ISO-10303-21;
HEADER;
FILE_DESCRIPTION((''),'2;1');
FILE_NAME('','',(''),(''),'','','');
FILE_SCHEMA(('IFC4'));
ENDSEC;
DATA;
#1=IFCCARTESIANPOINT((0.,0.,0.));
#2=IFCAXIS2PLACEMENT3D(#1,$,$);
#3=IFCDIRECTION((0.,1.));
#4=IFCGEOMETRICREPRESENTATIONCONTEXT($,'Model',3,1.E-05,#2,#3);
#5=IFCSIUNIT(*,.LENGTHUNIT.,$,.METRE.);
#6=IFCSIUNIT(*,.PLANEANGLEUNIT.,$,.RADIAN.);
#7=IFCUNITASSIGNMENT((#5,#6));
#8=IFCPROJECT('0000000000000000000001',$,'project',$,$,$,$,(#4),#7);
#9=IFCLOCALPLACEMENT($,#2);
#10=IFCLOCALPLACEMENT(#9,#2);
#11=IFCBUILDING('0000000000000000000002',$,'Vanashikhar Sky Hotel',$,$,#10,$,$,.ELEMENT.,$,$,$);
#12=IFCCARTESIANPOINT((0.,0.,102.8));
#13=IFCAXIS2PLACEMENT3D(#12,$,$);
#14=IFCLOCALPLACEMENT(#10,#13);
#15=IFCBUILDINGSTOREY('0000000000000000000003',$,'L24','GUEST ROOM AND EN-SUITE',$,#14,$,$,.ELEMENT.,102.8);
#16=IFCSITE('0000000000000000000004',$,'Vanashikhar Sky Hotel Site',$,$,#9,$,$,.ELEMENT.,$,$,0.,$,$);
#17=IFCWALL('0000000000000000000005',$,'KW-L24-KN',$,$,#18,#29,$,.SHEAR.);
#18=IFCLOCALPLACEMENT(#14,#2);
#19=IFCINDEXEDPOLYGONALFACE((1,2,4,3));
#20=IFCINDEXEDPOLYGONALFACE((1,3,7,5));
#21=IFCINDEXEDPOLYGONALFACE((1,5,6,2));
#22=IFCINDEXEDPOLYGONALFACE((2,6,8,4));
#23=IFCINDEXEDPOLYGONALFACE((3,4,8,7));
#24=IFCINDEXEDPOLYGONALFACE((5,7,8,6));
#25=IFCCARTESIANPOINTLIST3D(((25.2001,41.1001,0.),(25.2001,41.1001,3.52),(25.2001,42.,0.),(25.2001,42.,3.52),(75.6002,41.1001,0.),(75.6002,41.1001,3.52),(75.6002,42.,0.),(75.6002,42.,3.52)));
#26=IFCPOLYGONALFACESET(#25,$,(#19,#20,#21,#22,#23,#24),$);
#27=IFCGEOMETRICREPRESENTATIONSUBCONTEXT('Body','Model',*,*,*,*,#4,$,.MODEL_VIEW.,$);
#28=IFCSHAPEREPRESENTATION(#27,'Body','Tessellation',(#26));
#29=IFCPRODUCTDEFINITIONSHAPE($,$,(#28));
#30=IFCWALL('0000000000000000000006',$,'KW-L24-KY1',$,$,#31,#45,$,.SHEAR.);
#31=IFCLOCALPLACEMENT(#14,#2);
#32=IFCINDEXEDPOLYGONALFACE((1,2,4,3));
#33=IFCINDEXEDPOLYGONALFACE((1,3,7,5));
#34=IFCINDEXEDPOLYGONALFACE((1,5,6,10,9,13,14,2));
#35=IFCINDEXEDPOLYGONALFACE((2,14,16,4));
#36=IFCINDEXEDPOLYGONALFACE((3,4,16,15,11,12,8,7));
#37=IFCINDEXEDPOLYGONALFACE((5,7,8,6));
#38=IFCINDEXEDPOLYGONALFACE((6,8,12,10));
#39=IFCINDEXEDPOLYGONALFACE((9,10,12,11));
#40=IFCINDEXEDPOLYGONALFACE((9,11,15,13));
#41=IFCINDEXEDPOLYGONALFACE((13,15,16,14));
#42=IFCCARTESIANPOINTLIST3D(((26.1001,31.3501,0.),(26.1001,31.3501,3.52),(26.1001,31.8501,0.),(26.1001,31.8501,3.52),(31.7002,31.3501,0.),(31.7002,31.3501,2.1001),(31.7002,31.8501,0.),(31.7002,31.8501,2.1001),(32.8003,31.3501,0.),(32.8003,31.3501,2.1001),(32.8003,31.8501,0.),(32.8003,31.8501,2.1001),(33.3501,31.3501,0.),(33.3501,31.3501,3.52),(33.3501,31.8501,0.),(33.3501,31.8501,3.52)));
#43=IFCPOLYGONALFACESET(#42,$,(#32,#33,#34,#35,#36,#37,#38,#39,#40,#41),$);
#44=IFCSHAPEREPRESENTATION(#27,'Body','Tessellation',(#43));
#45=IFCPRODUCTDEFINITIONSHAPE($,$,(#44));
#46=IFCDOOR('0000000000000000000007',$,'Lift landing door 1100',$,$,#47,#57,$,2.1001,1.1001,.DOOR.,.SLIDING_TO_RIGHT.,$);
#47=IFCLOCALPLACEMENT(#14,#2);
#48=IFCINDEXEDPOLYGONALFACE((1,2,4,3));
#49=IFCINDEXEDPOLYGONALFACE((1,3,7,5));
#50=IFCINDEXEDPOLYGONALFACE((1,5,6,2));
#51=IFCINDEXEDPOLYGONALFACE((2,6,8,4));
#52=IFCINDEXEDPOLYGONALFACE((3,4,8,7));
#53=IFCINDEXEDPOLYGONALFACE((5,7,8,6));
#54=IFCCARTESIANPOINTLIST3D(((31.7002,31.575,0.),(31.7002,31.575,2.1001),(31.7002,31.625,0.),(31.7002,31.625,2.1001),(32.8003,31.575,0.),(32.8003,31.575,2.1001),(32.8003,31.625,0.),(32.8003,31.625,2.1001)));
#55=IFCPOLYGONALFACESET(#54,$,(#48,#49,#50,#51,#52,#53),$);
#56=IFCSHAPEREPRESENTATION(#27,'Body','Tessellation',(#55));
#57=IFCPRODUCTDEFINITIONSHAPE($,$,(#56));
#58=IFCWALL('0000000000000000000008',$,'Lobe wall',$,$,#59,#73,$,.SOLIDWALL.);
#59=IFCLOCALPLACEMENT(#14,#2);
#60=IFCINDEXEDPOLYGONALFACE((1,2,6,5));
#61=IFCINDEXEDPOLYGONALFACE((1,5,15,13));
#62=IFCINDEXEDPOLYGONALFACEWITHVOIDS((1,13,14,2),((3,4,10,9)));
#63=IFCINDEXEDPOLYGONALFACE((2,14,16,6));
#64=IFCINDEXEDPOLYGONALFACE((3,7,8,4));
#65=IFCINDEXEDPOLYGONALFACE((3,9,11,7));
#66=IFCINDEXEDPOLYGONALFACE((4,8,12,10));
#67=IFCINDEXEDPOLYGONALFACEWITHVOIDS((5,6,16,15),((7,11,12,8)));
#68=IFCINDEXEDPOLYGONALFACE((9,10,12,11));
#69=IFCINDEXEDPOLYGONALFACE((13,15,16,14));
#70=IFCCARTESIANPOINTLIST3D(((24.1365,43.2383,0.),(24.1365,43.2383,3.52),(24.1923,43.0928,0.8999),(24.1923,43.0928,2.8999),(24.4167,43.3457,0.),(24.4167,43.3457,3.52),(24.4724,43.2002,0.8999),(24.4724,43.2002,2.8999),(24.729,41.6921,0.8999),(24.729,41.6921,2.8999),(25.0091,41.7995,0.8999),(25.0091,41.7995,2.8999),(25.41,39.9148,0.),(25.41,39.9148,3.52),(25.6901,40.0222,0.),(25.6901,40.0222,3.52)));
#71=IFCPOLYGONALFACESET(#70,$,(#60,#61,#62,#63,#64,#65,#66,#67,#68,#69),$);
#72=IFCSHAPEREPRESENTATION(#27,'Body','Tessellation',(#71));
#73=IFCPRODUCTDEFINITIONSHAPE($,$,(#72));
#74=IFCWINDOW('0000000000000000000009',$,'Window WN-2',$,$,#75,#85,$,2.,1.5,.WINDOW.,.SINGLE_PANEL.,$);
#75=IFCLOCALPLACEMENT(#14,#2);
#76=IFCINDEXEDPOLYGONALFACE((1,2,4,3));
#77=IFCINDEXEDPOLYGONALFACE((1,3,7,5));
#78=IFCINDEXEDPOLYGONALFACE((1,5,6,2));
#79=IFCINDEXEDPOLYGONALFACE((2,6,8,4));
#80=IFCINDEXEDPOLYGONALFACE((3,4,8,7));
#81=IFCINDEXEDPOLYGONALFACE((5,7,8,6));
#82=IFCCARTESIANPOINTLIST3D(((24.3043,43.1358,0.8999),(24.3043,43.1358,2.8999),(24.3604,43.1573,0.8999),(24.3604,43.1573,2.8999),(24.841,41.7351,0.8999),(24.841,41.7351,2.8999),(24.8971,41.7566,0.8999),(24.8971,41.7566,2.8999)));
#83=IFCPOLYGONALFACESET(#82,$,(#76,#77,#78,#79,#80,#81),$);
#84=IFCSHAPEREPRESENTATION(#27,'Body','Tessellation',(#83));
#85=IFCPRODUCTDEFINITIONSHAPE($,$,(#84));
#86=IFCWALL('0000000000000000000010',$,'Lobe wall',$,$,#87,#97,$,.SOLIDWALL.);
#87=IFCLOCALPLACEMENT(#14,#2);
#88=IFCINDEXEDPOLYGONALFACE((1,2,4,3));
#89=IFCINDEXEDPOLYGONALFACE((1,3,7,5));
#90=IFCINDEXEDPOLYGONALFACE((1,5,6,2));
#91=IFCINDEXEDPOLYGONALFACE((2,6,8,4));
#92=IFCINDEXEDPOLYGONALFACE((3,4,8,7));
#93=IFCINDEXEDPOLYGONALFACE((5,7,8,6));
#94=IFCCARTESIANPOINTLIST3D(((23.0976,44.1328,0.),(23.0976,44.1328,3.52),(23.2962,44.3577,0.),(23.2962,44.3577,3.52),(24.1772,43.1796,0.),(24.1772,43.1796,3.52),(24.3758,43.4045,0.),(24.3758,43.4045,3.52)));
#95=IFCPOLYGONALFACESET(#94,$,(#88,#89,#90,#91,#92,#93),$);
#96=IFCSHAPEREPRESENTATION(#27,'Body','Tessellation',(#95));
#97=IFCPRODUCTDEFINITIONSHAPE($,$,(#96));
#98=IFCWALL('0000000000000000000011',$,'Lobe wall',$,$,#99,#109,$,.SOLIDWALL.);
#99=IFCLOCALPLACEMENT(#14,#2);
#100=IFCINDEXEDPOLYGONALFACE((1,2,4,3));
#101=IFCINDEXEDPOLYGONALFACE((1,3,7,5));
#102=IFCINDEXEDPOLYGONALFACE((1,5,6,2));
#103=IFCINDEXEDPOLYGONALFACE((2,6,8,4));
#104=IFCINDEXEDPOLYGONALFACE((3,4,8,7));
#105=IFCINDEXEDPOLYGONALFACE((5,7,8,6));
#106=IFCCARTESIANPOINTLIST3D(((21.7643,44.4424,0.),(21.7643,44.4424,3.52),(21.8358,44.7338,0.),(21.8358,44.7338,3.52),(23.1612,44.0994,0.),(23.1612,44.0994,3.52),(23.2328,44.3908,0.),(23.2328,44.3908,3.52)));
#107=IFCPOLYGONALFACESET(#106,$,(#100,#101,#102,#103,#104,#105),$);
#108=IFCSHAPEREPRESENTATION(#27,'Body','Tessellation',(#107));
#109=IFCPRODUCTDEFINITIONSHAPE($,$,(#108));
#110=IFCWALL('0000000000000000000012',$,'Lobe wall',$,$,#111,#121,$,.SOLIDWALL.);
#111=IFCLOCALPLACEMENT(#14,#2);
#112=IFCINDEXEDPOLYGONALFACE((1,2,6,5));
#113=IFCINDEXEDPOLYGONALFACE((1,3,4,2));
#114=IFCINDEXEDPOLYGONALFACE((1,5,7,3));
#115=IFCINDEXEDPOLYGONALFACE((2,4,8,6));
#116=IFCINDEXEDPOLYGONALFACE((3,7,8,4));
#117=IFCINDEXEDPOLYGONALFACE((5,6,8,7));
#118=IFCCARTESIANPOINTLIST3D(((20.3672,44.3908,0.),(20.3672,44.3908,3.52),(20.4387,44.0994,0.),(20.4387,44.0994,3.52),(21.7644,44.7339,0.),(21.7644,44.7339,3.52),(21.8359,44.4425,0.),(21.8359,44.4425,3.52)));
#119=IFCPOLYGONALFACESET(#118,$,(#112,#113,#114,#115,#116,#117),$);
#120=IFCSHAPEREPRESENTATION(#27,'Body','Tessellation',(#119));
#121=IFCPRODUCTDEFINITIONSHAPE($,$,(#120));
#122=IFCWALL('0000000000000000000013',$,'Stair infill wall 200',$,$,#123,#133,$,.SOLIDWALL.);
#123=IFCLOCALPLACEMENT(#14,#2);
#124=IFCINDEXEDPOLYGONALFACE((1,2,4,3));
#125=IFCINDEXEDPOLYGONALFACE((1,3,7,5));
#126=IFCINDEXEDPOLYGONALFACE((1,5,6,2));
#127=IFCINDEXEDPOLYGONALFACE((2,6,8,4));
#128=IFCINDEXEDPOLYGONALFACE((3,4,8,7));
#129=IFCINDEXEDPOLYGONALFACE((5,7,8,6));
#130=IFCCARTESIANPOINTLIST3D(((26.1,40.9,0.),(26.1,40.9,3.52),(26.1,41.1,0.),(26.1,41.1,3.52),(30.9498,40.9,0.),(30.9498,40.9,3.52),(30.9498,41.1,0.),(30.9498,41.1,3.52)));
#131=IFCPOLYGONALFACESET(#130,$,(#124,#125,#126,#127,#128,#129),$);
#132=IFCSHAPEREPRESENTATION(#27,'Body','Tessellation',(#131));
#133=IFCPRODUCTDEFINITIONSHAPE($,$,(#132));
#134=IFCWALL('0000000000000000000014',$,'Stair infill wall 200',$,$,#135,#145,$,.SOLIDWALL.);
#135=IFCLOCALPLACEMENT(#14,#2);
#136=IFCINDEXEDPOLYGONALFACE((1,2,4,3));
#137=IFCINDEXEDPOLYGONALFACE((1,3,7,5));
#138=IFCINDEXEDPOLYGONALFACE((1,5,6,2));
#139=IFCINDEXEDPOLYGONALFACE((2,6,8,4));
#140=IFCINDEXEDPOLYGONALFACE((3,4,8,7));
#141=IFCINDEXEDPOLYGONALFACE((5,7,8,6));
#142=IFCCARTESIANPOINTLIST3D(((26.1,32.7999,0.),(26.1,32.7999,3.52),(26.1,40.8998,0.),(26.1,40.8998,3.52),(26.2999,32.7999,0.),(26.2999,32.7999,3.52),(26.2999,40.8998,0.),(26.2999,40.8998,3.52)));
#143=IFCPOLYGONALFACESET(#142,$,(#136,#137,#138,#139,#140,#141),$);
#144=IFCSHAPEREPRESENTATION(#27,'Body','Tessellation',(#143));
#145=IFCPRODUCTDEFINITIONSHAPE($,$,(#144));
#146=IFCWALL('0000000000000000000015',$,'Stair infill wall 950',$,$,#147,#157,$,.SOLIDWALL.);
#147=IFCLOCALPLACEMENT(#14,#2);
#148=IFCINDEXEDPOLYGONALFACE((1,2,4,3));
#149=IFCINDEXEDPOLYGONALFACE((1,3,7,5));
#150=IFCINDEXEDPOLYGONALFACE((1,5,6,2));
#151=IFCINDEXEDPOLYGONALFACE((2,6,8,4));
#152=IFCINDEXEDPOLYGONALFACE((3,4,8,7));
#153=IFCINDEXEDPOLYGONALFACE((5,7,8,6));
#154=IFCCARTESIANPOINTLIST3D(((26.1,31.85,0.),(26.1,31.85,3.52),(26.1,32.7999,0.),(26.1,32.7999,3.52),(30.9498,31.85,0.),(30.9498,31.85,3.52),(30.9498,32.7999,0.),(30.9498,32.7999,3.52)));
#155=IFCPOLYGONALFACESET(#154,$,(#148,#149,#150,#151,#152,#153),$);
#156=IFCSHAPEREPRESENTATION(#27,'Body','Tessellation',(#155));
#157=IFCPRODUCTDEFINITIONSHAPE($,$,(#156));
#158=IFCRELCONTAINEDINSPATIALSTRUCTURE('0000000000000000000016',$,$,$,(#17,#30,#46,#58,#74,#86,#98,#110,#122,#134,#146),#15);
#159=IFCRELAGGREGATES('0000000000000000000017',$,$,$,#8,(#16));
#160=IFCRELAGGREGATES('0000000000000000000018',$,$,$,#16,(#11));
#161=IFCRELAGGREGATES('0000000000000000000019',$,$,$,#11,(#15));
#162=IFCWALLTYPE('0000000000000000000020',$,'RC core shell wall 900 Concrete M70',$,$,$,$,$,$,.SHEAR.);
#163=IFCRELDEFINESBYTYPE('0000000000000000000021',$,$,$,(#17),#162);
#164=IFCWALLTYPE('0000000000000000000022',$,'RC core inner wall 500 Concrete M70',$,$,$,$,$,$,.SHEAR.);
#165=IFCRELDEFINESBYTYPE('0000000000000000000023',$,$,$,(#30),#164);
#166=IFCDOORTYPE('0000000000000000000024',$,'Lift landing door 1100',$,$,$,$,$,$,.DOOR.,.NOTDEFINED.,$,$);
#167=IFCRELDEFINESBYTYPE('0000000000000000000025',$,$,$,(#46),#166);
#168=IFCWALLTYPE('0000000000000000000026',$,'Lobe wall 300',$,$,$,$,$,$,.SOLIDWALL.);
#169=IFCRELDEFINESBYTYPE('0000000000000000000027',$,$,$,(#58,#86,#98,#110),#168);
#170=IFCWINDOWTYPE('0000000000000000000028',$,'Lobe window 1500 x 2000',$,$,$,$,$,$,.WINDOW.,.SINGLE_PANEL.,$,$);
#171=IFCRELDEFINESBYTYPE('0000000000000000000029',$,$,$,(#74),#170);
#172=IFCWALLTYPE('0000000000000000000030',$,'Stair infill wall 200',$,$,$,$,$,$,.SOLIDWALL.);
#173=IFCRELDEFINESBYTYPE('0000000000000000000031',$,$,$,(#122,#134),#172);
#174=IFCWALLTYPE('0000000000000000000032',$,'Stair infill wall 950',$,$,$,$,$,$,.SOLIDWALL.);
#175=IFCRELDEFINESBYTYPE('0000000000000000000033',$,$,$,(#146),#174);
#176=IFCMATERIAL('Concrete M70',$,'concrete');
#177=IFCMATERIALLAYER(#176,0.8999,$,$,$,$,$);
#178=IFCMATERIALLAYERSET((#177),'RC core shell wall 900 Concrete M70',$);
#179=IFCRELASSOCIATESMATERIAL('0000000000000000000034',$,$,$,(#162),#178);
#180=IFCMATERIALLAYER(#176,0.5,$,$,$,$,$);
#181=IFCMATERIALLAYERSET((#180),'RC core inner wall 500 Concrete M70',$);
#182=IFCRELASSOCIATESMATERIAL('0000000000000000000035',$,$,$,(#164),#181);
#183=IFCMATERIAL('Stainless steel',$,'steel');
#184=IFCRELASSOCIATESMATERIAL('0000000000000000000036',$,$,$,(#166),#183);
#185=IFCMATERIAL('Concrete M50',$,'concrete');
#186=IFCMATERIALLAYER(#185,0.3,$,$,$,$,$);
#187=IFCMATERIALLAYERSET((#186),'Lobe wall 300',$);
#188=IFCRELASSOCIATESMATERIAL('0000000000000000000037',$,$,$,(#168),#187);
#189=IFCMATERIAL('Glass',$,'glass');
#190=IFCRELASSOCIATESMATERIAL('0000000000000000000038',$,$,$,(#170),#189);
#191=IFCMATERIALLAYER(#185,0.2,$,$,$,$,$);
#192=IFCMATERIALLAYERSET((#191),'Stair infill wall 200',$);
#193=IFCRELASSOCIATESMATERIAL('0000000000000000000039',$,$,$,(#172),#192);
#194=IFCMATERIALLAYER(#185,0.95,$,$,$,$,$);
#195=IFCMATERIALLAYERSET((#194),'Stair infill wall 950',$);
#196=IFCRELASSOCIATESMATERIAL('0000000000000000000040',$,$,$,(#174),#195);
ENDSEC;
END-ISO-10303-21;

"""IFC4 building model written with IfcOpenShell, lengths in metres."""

from ifc_helpers import new_model, si_unit, direction, frame, frame_2d, origin, place, context, subcontext, project, spatial, rectangle, extrude, source, transform, mapped, material, layer, layer_set, type_object, element, fill, save


model = new_model("IFC4")

# Units and contexts
model_context = context("Model", 3, precision=1e-05, world=origin(), true_north=direction((0.0, 1.0)))
body_context = subcontext(model_context, "Body", "Model", "MODEL_VIEW")
ifc_project = project(units=[si_unit("LENGTHUNIT", "METRE"), si_unit("PLANEANGLEUNIT", "RADIAN")], contexts=[model_context])

# Site, building, storey
site_placement = place(None, origin())
site = spatial("IfcSite", under=ifc_project, at=site_placement, Name="Vanashikhar Sky Hotel Site", CompositionType="ELEMENT", RefElevation=0.0)
building_placement = place(site_placement, origin())
building = spatial("IfcBuilding", under=site, at=building_placement, Name="Vanashikhar Sky Hotel", CompositionType="ELEMENT")
storey_placement = place(building_placement, frame((0.0, 0.0, 102.8)))
storey = spatial("IfcBuildingStorey", under=building, at=storey_placement, Name="L24", Description="GUEST ROOM AND EN-SUITE", CompositionType="ELEMENT", Elevation=102.8)

# Wall
ifc_material_1 = material(Name="Concrete M70", Category="concrete")
ifc_layer_1 = layer(ifc_material_1, 0.8999)
ifc_layer_set_1 = layer_set([ifc_layer_1], Name="RC core shell wall 900 Concrete M70")
wall_type_1 = type_object("IfcWallType", Name="RC core shell wall 900 Concrete M70", PredefinedType="SHEAR", material=ifc_layer_set_1)
shared_shape_1 = source(origin(), body_context, "Body", "SweptSolid", [
    extrude(rectangle(XDim=50.4001, YDim=0.8999, at=frame_2d((25.2002, 0.0))), origin(), (0.0, 0.0, 1.0), 3.52),
])
wall_1_placement = place(storey_placement, frame((25.2, 41.55, 0.0), z_axis=(0.0, 0.0, 1.0), x_axis=(1.0, 0.0, 0.0)))
element("IfcWall", 1, at=wall_1_placement, inside=storey, type_object=wall_type_1, Name="KW-L24-KN", PredefinedType="SHEAR", context=body_context, shape_type="MappedRepresentation", body=[
    mapped(shared_shape_1, transform((0.0, 0.0, 0.0), scale=1.0)),
])

# Wall, opening, door
ifc_layer_2 = layer(ifc_material_1, 0.5)
ifc_layer_set_2 = layer_set([ifc_layer_2], Name="RC core inner wall 500 Concrete M70")
wall_type_2 = type_object("IfcWallType", Name="RC core inner wall 500 Concrete M70", PredefinedType="SHEAR", material=ifc_layer_set_2)
shared_shape_2 = source(origin(), body_context, "Body", "SweptSolid", [
    extrude(rectangle(XDim=7.25, YDim=0.5, at=frame_2d((3.625, 0.0))), origin(), (0.0, 0.0, 1.0), 3.52),
])
wall_2_placement = place(storey_placement, frame((26.1001, 31.6001, 0.0), z_axis=(0.0, 0.0, 1.0), x_axis=(1.0, 0.0, 0.0)))
wall_2 = element("IfcWall", 2, at=wall_2_placement, inside=storey, type_object=wall_type_2, Name="KW-L24-KY1", PredefinedType="SHEAR", context=body_context, shape_type="MappedRepresentation", body=[
    mapped(shared_shape_2, transform((0.0, 0.0, 0.0), scale=1.0)),
])
shared_shape_3 = source(origin(), body_context, "Body", "SweptSolid", [
    extrude(rectangle(XDim=1.1001, YDim=2.1001, at=frame_2d((0.55, 1.05))), frame((0.0, 0.26, 0.0), z_axis=(0.0, -1.0, 0.0), x_axis=(1.0, 0.0, 0.0)), (0.0, 0.0, 1.0), 0.52),
])
opening_1_placement = place(wall_2_placement, frame((5.6001, 0.0, 0.0)))
opening_1 = element("IfcOpeningElement", 3, at=opening_1_placement, cuts=wall_2, PredefinedType="OPENING", context=body_context, shape_type="MappedRepresentation", body=[
    mapped(shared_shape_3, transform((0.0, 0.0, 0.0), scale=1.0)),
])
ifc_material_2 = material(Name="Stainless steel", Category="steel")
door_type = type_object("IfcDoorType", Name="Lift landing door 1100", OperationType="NOTDEFINED", PredefinedType="DOOR", material=ifc_material_2)
shared_shape_4 = source(origin(), body_context, "Body", "SweptSolid", [
    extrude(rectangle(XDim=1.1001, YDim=2.1001, at=frame_2d((0.55, 1.05))), frame((0.0, 0.0249, 0.0), z_axis=(0.0, -1.0, 0.0), x_axis=(1.0, 0.0, 0.0)), (0.0, 0.0, 1.0), 0.05),
])
door_placement = place(opening_1_placement, origin())
door = element("IfcDoor", 4, at=door_placement, inside=storey, type_object=door_type, Name="Lift landing door 1100", OperationType="SLIDING_TO_RIGHT", OverallHeight=2.1001, OverallWidth=1.1001, PredefinedType="DOOR", context=body_context, shape_type="MappedRepresentation", body=[
    mapped(shared_shape_4, transform((0.0, 0.0, 0.0), scale=1.0)),
])
fill(opening_1, door)

# Wall, opening, window
ifc_material_3 = material(Name="Concrete M50", Category="concrete")
ifc_layer_3 = layer(ifc_material_3, 0.3)
ifc_layer_set_3 = layer_set([ifc_layer_3], Name="Lobe wall 300")
wall_type_3 = type_object("IfcWallType", Name="Lobe wall 300", PredefinedType="SOLIDWALL", material=ifc_layer_set_3)
shared_shape_5 = source(origin(), body_context, "Body", "SweptSolid", [
    extrude(rectangle(XDim=3.5591, YDim=0.3, at=frame_2d((1.7795, 0.0))), origin(), (0.0, 0.0, 1.0), 3.52),
])
wall_3_placement = place(storey_placement, frame((25.55, 39.9685, 0.0), z_axis=(0.0, 0.0, 1.0), x_axis=(-0.357797, 0.933799, 0.0)))
wall_3 = element("IfcWall", 5, at=wall_3_placement, inside=storey, type_object=wall_type_3, Name="Lobe wall", PredefinedType="SOLIDWALL", context=body_context, shape_type="MappedRepresentation", body=[
    mapped(shared_shape_5, transform((0.0, 0.0, 0.0), scale=1.0)),
])
shared_shape_6 = source(origin(), body_context, "Body", "SweptSolid", [
    extrude(rectangle(XDim=1.5, YDim=2.0, at=frame_2d((0.75, 1.0))), frame((0.0, 0.1602, 0.0), z_axis=(0.0, -1.0, 0.0), x_axis=(1.0, 0.0, 0.0)), (0.0, 0.0, 1.0), 0.3201),
])
opening_2_placement = place(wall_3_placement, frame((1.9033, 0.0, 0.8999)))
opening_2 = element("IfcOpeningElement", 6, at=opening_2_placement, cuts=wall_3, PredefinedType="OPENING", context=body_context, shape_type="MappedRepresentation", body=[
    mapped(shared_shape_6, transform((0.0, 0.0, 0.0), scale=1.0)),
])
ifc_material_4 = material(Name="Glass", Category="glass")
window_type = type_object("IfcWindowType", Name="Lobe window 1500 x 2000", PartitioningType="SINGLE_PANEL", PredefinedType="WINDOW", material=ifc_material_4)
shared_shape_7 = source(origin(), body_context, "Body", "SweptSolid", [
    extrude(rectangle(XDim=1.5, YDim=2.0, at=frame_2d((0.75, 1.0))), frame((0.0, 0.03, 0.0), z_axis=(0.0, -1.0, 0.0), x_axis=(1.0, 0.0, 0.0)), (0.0, 0.0, 1.0), 0.0601),
])
window_placement = place(opening_2_placement, origin())
window = element("IfcWindow", 7, at=window_placement, inside=storey, type_object=window_type, Name="Window WN-2", OverallHeight=2.0, OverallWidth=1.5, PartitioningType="SINGLE_PANEL", PredefinedType="WINDOW", context=body_context, shape_type="MappedRepresentation", body=[
    mapped(shared_shape_7, transform((0.0, 0.0, 0.0), scale=1.0)),
])
fill(opening_2, window)

# Walls
shared_shape_8 = source(origin(), body_context, "Body", "SweptSolid", [
    extrude(rectangle(XDim=1.4402, YDim=0.3, at=frame_2d((0.7202, 0.0))), origin(), (0.0, 0.0, 1.0), 3.52),
])
wall_4_placement = place(storey_placement, frame((24.2766, 43.292, 0.0), z_axis=(0.0, 0.0, 1.0), x_axis=(-0.74965, 0.661835, 0.0)))
element("IfcWall", 8, at=wall_4_placement, inside=storey, type_object=wall_type_3, Name="Lobe wall", PredefinedType="SOLIDWALL", context=body_context, shape_type="MappedRepresentation", body=[
    mapped(shared_shape_8, transform((0.0, 0.0, 0.0), scale=1.0)),
])
shared_shape_9 = source(origin(), body_context, "Body", "SweptSolid", [
    extrude(rectangle(XDim=1.4385, YDim=0.3, at=frame_2d((0.7192, 0.0))), origin(), (0.0, 0.0, 1.0), 3.52),
])
wall_5_placement = place(storey_placement, frame((23.197, 44.2451, 0.0), z_axis=(0.0, 0.0, 1.0), x_axis=(-0.971152, 0.23846, 0.0)))
element("IfcWall", 9, at=wall_5_placement, inside=storey, type_object=wall_type_3, Name="Lobe wall", PredefinedType="SOLIDWALL", context=body_context, shape_type="MappedRepresentation", body=[
    mapped(shared_shape_9, transform((0.0, 0.0, 0.0), scale=1.0)),
])
shared_shape_10 = source(origin(), body_context, "Body", "SweptSolid", [
    extrude(rectangle(XDim=1.4387, YDim=0.3, at=frame_2d((0.7192, 0.0))), origin(), (0.0, 0.0, 1.0), 3.52),
])
wall_6_placement = place(storey_placement, frame((21.8, 44.5881, 0.0), z_axis=(0.0, 0.0, 1.0), x_axis=(-0.971162, -0.238421, 0.0)))
element("IfcWall", 10, at=wall_6_placement, inside=storey, type_object=wall_type_3, Name="Lobe wall", PredefinedType="SOLIDWALL", context=body_context, shape_type="MappedRepresentation", body=[
    mapped(shared_shape_10, transform((0.0, 0.0, 0.0), scale=1.0)),
])
ifc_layer_4 = layer(ifc_material_3, 0.2)
ifc_layer_set_4 = layer_set([ifc_layer_4], Name="Stair infill wall 200")
wall_type_4 = type_object("IfcWallType", Name="Stair infill wall 200", PredefinedType="SOLIDWALL", material=ifc_layer_set_4)
shared_shape_11 = source(origin(), body_context, "Body", "SweptSolid", [
    extrude(rectangle(XDim=4.8499, YDim=0.2, at=frame_2d((2.4248, 0.0))), origin(), (0.0, 0.0, 1.0), 3.52),
])
wall_7_placement = place(storey_placement, frame((26.1001, 41.0, 0.0), z_axis=(0.0, 0.0, 1.0), x_axis=(1.0, 0.0, 0.0)))
element("IfcWall", 11, at=wall_7_placement, inside=storey, type_object=wall_type_4, Name="Stair infill wall 200", PredefinedType="SOLIDWALL", context=body_context, shape_type="MappedRepresentation", body=[
    mapped(shared_shape_11, transform((0.0, 0.0, 0.0), scale=1.0)),
])
shared_shape_12 = source(origin(), body_context, "Body", "SweptSolid", [
    extrude(rectangle(XDim=8.0999, YDim=0.2, at=frame_2d((4.0498, 0.0))), origin(), (0.0, 0.0, 1.0), 3.52),
])
wall_8_placement = place(storey_placement, frame((26.2, 32.8, 0.0), z_axis=(0.0, 0.0, 1.0), x_axis=(0.0, 1.0, 0.0)))
element("IfcWall", 12, at=wall_8_placement, inside=storey, type_object=wall_type_4, Name="Stair infill wall 200", PredefinedType="SOLIDWALL", context=body_context, shape_type="MappedRepresentation", body=[
    mapped(shared_shape_12, transform((0.0, 0.0, 0.0), scale=1.0)),
])
ifc_layer_5 = layer(ifc_material_3, 0.95)
ifc_layer_set_5 = layer_set([ifc_layer_5], Name="Stair infill wall 950")
wall_type_5 = type_object("IfcWallType", Name="Stair infill wall 950", PredefinedType="SOLIDWALL", material=ifc_layer_set_5)
shared_shape_13 = source(origin(), body_context, "Body", "SweptSolid", [
    extrude(rectangle(XDim=4.8499, YDim=0.95, at=frame_2d((2.4248, 0.0))), origin(), (0.0, 0.0, 1.0), 3.52),
])
wall_9_placement = place(storey_placement, frame((26.1001, 32.325, 0.0), z_axis=(0.0, 0.0, 1.0), x_axis=(1.0, 0.0, 0.0)))
element("IfcWall", 13, at=wall_9_placement, inside=storey, type_object=wall_type_5, Name="Stair infill wall 950", PredefinedType="SOLIDWALL", context=body_context, shape_type="MappedRepresentation", body=[
    mapped(shared_shape_13, transform((0.0, 0.0, 0.0), scale=1.0)),
])

save(model, "model.ifc")
